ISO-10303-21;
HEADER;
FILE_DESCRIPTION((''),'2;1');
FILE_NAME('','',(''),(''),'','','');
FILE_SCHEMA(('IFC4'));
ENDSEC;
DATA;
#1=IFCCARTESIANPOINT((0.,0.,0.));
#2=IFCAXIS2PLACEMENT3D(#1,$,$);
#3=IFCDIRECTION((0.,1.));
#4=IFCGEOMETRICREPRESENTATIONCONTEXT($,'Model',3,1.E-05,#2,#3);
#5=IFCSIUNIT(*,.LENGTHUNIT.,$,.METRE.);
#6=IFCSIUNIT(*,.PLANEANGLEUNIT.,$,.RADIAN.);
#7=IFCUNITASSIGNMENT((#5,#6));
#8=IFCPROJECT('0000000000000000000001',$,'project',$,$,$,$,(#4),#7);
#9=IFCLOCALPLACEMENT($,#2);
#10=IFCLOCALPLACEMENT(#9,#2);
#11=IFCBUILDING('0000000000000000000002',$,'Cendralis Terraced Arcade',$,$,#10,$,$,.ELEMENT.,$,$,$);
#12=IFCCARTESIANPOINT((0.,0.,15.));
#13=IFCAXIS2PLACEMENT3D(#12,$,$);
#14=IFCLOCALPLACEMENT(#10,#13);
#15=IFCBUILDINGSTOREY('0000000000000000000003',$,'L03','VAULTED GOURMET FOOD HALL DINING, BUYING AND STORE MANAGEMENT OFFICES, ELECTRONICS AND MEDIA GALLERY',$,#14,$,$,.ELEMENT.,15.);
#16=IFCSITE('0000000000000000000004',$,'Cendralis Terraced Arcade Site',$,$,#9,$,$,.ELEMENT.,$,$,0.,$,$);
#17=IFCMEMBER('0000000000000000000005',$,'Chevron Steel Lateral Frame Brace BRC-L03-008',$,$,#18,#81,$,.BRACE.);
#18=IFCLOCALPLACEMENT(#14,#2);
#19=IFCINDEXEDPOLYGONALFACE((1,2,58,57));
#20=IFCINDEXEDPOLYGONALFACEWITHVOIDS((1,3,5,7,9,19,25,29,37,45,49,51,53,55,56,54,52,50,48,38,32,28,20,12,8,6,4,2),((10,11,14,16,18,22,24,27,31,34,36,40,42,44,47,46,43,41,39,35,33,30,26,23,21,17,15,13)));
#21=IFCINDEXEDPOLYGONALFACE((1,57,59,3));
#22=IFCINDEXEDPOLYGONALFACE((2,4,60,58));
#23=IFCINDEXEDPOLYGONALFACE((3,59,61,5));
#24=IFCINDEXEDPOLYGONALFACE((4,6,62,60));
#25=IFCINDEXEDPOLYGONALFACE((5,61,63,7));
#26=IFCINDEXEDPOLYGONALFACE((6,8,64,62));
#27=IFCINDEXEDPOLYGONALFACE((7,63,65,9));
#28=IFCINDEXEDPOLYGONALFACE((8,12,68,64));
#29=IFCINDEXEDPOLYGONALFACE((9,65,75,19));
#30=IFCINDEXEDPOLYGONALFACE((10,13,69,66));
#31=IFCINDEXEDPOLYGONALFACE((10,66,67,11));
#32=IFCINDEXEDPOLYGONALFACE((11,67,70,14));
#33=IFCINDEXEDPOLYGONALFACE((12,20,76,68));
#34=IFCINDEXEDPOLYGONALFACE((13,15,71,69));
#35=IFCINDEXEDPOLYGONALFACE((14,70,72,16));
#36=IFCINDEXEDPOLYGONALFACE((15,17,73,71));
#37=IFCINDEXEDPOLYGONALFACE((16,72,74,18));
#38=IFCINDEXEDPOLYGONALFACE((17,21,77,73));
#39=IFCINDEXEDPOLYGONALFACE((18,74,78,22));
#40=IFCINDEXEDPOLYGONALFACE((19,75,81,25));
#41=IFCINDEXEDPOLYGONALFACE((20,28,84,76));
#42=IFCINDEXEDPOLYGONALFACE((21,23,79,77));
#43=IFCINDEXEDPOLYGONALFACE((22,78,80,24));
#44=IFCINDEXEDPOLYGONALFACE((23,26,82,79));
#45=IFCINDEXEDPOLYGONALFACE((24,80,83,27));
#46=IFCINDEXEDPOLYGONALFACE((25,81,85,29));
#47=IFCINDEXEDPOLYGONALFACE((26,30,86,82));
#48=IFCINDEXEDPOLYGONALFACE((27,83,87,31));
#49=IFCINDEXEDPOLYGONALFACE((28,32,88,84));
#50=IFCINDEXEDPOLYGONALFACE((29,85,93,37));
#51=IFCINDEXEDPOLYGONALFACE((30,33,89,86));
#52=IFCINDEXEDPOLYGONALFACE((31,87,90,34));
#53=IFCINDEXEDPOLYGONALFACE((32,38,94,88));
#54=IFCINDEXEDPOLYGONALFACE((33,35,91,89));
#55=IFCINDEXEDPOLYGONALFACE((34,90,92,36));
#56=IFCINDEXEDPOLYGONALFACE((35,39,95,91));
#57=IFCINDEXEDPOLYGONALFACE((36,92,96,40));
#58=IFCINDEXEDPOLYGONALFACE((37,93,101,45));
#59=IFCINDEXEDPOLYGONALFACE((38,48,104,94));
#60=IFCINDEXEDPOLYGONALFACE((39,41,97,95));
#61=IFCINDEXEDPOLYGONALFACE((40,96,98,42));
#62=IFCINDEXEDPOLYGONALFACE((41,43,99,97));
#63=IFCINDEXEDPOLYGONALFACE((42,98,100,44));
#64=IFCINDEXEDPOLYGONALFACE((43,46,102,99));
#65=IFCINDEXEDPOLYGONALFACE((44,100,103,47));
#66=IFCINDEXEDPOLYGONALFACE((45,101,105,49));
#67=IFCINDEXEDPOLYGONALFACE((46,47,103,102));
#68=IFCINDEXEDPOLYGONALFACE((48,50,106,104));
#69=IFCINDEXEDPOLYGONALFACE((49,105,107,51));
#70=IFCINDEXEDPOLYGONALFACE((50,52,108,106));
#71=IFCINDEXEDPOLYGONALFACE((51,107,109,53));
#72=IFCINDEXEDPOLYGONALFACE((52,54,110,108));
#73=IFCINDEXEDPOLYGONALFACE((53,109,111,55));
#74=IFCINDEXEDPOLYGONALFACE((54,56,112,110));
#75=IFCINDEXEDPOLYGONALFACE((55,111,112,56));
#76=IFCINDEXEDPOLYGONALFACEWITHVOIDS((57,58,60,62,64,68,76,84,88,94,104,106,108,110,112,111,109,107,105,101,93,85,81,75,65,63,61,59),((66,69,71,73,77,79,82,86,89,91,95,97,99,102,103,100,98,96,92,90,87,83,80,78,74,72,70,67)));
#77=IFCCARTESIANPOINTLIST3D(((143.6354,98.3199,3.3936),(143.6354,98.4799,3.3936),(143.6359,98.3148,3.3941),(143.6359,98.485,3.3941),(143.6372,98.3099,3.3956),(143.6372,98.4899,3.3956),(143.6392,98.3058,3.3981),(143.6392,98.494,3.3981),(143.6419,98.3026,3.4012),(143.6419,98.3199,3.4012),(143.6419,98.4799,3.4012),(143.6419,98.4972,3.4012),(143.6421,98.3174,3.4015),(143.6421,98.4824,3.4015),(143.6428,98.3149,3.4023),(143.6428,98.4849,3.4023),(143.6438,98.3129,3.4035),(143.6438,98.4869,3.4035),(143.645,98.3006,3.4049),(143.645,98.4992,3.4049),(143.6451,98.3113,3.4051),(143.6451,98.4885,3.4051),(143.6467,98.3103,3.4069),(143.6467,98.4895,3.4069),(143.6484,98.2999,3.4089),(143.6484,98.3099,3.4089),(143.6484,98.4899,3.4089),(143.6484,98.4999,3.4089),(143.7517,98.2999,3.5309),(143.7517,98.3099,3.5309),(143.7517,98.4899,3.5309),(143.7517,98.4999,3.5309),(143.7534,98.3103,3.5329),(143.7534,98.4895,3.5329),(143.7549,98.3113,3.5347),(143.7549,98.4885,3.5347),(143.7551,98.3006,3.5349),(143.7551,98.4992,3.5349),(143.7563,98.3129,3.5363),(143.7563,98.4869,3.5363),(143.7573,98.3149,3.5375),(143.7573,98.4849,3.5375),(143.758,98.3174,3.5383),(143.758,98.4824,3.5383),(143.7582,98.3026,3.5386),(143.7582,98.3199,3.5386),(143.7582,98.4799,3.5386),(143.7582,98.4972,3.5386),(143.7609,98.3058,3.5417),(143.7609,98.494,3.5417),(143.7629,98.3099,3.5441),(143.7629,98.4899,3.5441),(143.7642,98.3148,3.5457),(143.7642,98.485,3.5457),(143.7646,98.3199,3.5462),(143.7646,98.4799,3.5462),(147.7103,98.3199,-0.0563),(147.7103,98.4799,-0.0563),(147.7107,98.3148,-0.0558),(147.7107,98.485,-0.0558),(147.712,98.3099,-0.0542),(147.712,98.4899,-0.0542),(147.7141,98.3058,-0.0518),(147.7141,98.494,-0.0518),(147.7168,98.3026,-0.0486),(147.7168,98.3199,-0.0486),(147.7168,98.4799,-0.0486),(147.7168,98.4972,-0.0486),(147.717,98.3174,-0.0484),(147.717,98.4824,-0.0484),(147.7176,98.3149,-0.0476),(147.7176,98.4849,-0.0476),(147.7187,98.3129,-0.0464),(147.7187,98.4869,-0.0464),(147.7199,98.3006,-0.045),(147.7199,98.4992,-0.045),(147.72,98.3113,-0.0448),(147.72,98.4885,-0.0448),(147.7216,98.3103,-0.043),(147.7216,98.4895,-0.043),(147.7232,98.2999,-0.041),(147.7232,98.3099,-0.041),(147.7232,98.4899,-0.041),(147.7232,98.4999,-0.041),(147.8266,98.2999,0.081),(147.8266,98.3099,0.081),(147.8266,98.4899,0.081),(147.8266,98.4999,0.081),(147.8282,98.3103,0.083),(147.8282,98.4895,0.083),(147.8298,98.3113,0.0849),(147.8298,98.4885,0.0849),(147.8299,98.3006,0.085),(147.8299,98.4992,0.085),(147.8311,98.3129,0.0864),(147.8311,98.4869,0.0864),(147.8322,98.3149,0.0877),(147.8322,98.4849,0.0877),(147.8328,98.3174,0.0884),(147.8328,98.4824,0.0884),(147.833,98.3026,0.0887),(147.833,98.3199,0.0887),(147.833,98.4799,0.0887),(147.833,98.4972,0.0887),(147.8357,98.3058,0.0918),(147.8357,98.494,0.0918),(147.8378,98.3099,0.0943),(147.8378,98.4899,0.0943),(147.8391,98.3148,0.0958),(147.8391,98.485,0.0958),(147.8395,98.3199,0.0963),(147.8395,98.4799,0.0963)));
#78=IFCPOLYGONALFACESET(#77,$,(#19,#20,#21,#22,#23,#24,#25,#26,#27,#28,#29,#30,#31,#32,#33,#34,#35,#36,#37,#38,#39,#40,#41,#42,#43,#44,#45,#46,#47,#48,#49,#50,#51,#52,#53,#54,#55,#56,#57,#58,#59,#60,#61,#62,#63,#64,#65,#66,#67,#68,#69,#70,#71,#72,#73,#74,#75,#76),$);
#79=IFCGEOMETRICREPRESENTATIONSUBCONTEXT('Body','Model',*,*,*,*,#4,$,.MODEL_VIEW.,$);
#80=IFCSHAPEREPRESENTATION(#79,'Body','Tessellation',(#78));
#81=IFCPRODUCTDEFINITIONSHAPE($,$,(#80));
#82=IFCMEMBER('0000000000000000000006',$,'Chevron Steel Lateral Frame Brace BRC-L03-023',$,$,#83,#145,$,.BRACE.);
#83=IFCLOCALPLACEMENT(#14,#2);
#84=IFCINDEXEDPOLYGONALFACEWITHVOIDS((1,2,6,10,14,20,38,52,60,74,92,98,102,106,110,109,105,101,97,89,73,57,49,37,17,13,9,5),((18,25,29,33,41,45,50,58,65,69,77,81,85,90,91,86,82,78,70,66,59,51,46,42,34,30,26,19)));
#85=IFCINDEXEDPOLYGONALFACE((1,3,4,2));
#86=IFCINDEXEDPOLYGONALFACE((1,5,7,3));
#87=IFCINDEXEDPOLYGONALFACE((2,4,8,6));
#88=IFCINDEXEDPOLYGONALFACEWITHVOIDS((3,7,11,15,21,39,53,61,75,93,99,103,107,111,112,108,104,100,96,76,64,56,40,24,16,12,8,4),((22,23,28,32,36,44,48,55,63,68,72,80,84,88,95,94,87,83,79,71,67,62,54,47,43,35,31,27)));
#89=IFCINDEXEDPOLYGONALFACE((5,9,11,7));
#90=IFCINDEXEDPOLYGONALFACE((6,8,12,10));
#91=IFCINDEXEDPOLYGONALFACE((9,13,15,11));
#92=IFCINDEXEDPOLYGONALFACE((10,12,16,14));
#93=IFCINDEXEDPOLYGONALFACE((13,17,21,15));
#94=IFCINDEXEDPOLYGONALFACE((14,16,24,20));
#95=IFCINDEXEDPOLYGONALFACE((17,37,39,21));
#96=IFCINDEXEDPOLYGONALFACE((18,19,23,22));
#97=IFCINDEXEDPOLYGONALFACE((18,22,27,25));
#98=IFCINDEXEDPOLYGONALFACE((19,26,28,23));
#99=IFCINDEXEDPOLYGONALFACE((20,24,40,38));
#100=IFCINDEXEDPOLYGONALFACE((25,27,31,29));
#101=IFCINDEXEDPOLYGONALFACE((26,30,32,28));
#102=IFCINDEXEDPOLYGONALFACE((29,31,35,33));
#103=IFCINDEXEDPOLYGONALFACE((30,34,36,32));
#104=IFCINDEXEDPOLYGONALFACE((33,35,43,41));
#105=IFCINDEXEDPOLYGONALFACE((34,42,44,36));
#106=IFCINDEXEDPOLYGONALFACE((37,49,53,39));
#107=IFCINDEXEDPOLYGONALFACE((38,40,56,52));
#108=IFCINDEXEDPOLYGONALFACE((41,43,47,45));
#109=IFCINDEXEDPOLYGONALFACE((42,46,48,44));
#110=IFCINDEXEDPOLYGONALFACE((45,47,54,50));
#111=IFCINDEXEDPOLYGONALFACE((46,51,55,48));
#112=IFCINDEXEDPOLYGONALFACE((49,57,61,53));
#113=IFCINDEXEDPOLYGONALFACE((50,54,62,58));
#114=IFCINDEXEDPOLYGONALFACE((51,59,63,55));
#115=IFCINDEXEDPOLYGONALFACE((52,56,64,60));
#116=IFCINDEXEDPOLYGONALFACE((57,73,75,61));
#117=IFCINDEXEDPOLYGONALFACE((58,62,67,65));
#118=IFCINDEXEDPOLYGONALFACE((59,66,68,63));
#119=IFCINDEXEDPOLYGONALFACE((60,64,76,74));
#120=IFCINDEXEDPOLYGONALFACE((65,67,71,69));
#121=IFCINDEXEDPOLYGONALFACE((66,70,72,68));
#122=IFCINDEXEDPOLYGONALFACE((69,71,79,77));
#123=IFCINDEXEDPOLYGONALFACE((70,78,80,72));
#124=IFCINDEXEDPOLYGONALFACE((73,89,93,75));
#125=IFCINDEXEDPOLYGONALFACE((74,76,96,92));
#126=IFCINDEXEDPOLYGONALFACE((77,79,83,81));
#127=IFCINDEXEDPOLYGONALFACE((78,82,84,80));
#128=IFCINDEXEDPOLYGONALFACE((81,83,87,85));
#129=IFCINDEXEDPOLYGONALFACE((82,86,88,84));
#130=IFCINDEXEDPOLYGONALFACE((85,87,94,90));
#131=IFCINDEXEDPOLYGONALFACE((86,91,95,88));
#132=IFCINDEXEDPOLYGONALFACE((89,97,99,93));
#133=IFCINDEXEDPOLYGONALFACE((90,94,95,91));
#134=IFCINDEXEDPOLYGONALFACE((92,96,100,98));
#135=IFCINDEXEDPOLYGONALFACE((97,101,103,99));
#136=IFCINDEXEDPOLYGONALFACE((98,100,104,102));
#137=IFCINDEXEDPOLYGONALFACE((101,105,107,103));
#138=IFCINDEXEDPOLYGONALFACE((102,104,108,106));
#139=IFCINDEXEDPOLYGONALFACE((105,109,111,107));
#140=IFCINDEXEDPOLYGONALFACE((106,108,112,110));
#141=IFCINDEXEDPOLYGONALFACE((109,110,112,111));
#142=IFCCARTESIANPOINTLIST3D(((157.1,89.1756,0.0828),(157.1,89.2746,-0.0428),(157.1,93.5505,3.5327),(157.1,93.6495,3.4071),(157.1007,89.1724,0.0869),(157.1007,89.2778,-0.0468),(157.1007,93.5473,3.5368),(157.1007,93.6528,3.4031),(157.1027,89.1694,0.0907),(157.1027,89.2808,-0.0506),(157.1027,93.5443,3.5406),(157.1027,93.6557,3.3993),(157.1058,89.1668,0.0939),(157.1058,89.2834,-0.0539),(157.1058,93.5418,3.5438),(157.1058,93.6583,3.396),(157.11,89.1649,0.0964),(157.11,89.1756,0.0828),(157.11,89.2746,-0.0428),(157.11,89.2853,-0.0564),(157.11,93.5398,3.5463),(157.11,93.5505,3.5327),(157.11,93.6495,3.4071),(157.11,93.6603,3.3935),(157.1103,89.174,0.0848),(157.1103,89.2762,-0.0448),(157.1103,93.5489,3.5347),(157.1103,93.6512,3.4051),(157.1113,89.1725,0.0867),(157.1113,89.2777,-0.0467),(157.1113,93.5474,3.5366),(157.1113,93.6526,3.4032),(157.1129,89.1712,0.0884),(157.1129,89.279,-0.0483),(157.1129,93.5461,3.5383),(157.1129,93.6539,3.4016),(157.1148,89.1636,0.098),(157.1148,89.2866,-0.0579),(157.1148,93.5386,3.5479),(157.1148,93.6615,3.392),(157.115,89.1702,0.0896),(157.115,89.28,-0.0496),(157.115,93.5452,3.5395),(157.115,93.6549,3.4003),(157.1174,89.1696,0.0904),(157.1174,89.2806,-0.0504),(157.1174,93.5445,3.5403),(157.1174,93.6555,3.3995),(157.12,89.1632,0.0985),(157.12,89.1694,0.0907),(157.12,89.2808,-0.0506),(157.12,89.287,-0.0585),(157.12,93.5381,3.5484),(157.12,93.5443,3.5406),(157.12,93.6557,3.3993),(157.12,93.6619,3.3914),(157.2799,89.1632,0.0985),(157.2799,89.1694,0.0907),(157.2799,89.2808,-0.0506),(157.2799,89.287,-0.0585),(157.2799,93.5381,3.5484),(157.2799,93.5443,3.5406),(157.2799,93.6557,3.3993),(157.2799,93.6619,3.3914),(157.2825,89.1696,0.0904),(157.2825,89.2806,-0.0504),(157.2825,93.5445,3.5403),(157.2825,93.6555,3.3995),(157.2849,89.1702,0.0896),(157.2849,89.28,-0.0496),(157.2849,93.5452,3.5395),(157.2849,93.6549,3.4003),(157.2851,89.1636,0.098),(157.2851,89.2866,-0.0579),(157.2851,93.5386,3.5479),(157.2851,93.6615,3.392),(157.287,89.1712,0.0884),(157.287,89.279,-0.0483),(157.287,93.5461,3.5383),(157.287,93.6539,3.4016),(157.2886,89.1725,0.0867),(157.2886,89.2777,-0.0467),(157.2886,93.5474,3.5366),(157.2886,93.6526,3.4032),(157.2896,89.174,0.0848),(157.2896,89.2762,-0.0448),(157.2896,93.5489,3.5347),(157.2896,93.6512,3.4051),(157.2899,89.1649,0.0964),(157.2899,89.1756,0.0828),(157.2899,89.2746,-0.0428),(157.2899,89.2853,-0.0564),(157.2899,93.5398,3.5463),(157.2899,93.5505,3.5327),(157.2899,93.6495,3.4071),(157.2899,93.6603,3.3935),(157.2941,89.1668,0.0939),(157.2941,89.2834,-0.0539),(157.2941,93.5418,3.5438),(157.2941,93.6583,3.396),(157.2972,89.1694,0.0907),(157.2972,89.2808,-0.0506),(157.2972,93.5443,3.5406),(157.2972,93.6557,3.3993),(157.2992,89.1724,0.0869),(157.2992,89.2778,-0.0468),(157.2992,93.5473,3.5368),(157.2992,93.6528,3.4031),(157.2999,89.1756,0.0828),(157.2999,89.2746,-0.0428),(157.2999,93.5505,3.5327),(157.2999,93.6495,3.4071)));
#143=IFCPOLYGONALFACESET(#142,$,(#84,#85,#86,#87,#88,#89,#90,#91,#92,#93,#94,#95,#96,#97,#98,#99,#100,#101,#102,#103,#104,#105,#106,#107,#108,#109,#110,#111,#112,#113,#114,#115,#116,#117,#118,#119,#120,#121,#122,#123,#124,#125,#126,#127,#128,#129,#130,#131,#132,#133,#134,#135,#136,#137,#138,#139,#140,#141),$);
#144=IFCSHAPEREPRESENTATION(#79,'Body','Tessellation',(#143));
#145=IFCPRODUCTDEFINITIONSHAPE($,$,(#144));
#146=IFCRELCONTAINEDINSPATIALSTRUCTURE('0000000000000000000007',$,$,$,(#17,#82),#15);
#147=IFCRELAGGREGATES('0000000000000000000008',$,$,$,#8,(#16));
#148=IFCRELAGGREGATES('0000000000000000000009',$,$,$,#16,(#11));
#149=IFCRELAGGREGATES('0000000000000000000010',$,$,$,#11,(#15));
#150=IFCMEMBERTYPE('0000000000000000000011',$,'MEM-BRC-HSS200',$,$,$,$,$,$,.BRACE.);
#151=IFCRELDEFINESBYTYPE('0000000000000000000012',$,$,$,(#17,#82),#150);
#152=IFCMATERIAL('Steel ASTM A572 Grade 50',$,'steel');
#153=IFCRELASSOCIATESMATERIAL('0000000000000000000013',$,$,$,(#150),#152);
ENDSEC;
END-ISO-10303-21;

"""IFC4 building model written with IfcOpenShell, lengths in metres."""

from ifc_helpers import new_model, si_unit, direction, frame, origin, origin_2d, place, context, subcontext, project, spatial, hollow_rectangle, extrude, material, material_profile, profile_set, type_object, element, save


model = new_model("IFC4")

# Units and contexts
model_context = context("Model", 3, precision=1e-05, world=origin(), true_north=direction((0.0, 1.0)))
body_context = subcontext(model_context, "Body", "Model", "MODEL_VIEW")
ifc_project = project(units=[si_unit("LENGTHUNIT", "METRE"), si_unit("PLANEANGLEUNIT", "RADIAN")], contexts=[model_context])

# Site, building, storey
site_placement = place(None, origin())
site = spatial("IfcSite", under=ifc_project, at=site_placement, Name="Cendralis Terraced Arcade Site", CompositionType="ELEMENT", RefElevation=0.0)
building_placement = place(site_placement, origin())
building = spatial("IfcBuilding", under=site, at=building_placement, Name="Cendralis Terraced Arcade", CompositionType="ELEMENT")
storey_placement = place(building_placement, frame((0.0, 0.0, 15.0)))
storey = spatial("IfcBuildingStorey", under=building, at=storey_placement, Name="L03", Description="VAULTED GOURMET FOOD HALL DINING, BUYING AND STORE MANAGEMENT OFFICES, ELECTRONICS AND MEDIA GALLERY", CompositionType="ELEMENT", Elevation=15.0)

# Members
ifc_material_1 = material(Name="Steel ASTM A572 Grade 50", Category="steel")
ifc_material_profile_1 = material_profile(ifc_material_1, hollow_rectangle(XDim=0.2, YDim=0.2, WallThickness=0.01, InnerFilletRadius=0.01, OuterFilletRadius=0.02, at=origin_2d()), Name="HSS200X200X10", Category="LoadBearing")
ifc_profile_set_1 = profile_set([ifc_material_profile_1], Name="Steel ASTM A572 Grade 50")
member_type = type_object("IfcMemberType", Name="MEM-BRC-HSS200", PredefinedType="BRACE", material=ifc_profile_set_1)
for number, where, z_axis, x_axis, name in (
    (1, (147.7749, 98.3999, 0.02), (-0.763209, 0.0, 0.646151), (0.0, -1.0, 0.0), "Chevron Steel Lateral Frame Brace BRC-L03-008"),
):
    element("IfcMember", number, at=place(storey_placement, frame(where, z_axis=z_axis, x_axis=x_axis)), inside=storey, type_object=member_type, Name=name, PredefinedType="BRACE", context=body_context, shape_type="SweptSolid", body=[
        extrude(hollow_rectangle(XDim=0.2, YDim=0.2, WallThickness=0.01, InnerFilletRadius=0.01, OuterFilletRadius=0.02, at=origin_2d()), origin(), (0.0, 0.0, 1.0), 5.3391),
    ])
for number, where, z_axis, x_axis, name in (
    (2, (157.2, 89.2251, 0.02), (0.0, 0.785231, 0.619202), (-1.0, 0.0, 0.0), "Chevron Steel Lateral Frame Brace BRC-L03-023"),
):
    element("IfcMember", number, at=place(storey_placement, frame(where, z_axis=z_axis, x_axis=x_axis)), inside=storey, type_object=member_type, Name=name, PredefinedType="BRACE", context=body_context, shape_type="SweptSolid", body=[
        extrude(hollow_rectangle(XDim=0.2, YDim=0.2, WallThickness=0.01, InnerFilletRadius=0.01, OuterFilletRadius=0.02, at=origin_2d()), origin(), (0.0, 0.0, 1.0), 5.5715),
    ])

save(model, "model.ifc")
